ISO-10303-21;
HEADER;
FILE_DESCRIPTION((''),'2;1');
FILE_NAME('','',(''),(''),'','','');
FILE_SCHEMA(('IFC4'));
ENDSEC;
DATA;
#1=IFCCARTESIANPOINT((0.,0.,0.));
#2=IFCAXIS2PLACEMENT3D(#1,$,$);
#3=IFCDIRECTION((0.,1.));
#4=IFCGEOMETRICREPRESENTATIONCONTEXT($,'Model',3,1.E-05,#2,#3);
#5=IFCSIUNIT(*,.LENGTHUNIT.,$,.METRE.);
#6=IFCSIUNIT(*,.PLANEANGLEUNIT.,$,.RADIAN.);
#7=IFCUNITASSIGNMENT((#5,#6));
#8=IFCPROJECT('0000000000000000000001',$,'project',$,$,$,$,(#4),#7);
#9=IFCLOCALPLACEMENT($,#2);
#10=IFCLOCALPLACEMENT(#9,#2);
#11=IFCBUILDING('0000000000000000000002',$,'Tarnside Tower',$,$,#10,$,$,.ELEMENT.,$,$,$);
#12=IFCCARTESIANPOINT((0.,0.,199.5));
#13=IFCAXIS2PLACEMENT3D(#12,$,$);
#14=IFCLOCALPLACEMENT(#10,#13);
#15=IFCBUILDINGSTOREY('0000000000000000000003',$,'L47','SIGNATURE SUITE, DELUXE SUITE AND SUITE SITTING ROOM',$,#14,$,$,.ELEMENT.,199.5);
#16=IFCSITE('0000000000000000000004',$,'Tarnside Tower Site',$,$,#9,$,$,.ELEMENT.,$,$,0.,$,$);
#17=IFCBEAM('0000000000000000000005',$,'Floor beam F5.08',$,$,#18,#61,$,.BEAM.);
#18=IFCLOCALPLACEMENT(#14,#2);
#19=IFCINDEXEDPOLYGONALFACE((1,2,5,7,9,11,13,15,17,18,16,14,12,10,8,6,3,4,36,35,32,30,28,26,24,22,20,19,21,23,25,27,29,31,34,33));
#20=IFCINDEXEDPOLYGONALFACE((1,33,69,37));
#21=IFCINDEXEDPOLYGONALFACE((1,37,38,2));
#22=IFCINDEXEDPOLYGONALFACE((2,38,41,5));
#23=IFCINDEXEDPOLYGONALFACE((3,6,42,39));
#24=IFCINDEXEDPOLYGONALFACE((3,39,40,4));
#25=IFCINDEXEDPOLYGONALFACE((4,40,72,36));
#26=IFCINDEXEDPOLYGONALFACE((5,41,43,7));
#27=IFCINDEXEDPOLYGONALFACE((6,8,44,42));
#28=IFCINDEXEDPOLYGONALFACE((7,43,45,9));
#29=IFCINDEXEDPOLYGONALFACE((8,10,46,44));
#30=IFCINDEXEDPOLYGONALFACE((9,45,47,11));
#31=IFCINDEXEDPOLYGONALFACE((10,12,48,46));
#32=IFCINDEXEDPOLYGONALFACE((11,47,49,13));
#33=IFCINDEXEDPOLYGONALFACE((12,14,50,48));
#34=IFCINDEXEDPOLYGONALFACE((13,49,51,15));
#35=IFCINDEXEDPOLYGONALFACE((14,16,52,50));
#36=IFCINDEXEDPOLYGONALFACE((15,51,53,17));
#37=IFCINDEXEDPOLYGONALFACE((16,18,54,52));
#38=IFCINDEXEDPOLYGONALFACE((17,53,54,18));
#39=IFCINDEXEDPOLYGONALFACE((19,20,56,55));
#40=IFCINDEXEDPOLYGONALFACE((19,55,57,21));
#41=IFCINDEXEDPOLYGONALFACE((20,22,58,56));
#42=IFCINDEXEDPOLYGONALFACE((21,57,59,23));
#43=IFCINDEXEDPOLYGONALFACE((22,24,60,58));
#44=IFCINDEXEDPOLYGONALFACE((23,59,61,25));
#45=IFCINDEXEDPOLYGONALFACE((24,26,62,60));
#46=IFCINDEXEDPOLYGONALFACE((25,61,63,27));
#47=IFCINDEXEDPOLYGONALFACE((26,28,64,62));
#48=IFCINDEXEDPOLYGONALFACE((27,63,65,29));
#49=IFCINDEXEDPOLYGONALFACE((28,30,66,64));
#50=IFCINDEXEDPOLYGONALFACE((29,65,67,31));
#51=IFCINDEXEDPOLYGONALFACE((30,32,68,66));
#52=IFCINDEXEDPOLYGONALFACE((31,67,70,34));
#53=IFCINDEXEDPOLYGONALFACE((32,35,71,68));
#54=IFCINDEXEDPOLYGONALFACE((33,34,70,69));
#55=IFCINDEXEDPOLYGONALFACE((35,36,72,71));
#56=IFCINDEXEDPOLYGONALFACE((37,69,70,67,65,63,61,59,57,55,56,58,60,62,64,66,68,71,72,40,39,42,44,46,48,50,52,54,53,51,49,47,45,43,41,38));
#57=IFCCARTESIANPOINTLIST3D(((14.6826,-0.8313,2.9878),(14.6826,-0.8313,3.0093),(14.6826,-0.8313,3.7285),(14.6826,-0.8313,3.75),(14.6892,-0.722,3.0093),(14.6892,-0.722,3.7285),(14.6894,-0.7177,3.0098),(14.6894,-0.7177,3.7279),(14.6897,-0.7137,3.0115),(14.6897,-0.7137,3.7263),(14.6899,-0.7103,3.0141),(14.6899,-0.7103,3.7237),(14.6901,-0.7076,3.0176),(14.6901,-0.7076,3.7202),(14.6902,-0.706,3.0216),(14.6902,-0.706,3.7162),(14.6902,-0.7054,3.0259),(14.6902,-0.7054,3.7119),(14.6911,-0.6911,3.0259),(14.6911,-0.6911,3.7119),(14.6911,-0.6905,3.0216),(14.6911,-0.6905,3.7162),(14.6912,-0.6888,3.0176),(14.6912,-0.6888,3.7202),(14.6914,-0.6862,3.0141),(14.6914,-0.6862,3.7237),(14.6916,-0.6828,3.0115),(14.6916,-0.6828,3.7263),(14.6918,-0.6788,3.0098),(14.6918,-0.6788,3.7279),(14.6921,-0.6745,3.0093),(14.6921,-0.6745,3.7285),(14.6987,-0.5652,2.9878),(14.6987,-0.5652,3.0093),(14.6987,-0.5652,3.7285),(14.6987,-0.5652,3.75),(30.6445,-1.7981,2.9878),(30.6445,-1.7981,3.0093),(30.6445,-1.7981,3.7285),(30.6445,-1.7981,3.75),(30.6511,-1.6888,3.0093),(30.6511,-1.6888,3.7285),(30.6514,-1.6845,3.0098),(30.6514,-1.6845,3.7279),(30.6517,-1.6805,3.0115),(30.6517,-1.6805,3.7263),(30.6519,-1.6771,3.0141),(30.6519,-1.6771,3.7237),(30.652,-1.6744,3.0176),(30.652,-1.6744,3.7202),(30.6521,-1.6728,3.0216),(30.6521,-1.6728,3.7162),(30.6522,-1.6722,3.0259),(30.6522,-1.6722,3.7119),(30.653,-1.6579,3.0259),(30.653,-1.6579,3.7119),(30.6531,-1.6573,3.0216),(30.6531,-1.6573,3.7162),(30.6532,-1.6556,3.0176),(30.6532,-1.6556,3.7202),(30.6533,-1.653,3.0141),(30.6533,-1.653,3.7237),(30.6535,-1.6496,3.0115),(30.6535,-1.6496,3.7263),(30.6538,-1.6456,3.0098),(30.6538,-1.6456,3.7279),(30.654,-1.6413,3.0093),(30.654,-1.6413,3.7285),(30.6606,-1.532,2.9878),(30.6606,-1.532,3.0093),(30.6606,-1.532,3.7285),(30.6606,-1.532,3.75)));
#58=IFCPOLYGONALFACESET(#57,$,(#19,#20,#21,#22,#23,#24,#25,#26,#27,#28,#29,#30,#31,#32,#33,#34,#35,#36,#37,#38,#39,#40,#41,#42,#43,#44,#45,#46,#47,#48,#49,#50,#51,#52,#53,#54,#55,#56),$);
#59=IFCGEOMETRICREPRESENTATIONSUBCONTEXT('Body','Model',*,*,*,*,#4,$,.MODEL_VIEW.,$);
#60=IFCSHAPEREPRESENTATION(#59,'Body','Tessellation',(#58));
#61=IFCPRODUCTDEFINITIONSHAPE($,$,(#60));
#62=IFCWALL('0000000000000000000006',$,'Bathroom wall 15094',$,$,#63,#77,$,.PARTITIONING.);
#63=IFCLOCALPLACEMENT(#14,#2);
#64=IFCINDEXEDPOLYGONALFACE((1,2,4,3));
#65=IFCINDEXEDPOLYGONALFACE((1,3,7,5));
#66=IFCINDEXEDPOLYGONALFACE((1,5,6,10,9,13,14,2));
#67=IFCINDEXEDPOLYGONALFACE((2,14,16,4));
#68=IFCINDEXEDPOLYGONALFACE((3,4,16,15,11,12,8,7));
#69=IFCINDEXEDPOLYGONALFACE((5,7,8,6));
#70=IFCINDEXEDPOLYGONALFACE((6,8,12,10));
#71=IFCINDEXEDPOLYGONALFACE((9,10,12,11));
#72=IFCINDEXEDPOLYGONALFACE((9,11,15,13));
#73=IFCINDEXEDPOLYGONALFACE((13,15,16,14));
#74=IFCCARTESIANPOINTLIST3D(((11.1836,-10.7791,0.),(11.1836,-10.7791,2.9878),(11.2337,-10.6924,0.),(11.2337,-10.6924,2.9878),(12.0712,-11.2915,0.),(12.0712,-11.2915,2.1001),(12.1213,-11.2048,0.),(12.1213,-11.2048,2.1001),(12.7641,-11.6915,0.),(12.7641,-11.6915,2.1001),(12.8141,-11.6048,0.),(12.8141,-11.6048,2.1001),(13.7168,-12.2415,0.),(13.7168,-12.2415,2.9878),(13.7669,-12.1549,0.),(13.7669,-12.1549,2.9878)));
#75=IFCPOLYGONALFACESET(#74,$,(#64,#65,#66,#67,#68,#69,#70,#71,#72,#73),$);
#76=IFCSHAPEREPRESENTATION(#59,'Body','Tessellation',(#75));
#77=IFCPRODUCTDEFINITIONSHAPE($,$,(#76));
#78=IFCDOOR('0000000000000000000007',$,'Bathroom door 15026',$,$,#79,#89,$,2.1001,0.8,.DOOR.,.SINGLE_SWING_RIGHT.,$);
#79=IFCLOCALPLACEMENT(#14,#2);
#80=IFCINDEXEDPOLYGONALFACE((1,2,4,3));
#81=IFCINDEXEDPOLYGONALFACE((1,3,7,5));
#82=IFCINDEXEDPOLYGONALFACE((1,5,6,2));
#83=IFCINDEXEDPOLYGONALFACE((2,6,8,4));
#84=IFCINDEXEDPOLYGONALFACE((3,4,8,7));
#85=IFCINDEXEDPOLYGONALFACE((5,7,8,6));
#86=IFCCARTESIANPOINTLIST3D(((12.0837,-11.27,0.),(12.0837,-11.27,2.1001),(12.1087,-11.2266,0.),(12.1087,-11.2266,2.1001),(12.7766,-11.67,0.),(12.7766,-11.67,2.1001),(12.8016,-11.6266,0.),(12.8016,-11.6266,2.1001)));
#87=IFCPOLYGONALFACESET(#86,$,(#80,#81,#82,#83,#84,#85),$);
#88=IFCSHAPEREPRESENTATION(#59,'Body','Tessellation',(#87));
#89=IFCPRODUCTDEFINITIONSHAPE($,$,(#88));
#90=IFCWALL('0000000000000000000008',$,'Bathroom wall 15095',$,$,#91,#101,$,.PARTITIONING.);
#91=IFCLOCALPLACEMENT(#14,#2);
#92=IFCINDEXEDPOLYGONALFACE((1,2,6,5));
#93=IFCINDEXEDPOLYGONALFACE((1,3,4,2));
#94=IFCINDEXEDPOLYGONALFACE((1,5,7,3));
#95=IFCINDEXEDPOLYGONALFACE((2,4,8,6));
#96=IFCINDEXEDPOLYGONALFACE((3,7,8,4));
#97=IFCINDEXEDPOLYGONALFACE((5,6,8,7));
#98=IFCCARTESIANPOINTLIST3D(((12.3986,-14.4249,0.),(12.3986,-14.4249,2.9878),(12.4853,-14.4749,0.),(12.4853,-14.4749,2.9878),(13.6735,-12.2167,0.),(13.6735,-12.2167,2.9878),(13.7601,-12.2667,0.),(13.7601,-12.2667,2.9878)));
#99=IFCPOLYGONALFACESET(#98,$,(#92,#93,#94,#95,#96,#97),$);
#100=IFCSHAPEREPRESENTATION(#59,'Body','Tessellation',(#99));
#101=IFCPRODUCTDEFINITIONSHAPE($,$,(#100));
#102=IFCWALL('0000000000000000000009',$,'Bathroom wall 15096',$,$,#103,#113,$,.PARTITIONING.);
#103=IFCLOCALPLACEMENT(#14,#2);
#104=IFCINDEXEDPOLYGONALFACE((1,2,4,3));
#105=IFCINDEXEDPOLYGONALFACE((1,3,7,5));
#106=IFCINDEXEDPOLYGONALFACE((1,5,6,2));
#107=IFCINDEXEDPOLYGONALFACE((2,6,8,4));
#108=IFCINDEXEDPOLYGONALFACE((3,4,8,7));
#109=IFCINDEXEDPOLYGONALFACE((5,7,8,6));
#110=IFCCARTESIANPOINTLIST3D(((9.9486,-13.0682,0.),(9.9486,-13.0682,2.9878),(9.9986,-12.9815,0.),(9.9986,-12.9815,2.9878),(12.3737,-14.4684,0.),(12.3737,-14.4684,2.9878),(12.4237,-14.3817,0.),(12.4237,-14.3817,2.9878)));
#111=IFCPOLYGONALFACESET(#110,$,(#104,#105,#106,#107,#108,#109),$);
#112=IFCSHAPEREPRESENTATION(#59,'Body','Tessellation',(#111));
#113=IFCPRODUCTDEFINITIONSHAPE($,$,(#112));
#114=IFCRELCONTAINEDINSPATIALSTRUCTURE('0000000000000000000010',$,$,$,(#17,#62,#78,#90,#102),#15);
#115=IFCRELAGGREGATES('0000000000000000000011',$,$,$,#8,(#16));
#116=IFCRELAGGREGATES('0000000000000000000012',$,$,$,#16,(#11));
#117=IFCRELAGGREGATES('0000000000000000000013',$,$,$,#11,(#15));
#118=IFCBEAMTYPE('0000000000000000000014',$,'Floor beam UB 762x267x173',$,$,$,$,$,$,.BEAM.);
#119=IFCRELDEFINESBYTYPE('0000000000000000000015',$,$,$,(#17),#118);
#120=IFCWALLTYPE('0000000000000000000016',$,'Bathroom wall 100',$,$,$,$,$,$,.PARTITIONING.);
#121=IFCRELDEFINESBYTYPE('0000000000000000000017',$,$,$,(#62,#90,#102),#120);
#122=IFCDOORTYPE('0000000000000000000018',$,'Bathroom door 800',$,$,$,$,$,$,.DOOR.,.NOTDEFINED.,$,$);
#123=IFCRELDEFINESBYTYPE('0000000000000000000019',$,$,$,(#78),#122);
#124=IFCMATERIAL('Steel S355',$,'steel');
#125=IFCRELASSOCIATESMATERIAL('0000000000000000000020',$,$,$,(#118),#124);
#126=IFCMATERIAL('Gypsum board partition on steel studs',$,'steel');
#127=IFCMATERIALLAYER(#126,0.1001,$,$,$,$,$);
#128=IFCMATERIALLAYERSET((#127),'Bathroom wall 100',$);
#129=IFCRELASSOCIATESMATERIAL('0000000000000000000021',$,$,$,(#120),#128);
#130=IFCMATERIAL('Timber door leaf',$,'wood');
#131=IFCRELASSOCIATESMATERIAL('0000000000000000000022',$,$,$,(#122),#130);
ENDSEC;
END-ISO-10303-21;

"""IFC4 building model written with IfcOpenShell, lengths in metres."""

from ifc_helpers import new_model, si_unit, direction, frame, frame_2d, origin, origin_2d, place, context, subcontext, project, spatial, rectangle, i_section, extrude, material, layer, layer_set, material_profile, profile_set, type_object, element, fill, save


model = new_model("IFC4")

# Units and contexts
model_context = context("Model", 3, precision=1e-05, world=origin(), true_north=direction((0.0, 1.0)))
body_context = subcontext(model_context, "Body", "Model", "MODEL_VIEW")
ifc_project = project(units=[si_unit("LENGTHUNIT", "METRE"), si_unit("PLANEANGLEUNIT", "RADIAN")], contexts=[model_context])

# Site, building, storey
site_placement = place(None, origin())
site = spatial("IfcSite", under=ifc_project, at=site_placement, Name="Tarnside Tower Site", CompositionType="ELEMENT", RefElevation=0.0)
building_placement = place(site_placement, origin())
building = spatial("IfcBuilding", under=site, at=building_placement, Name="Tarnside Tower", CompositionType="ELEMENT")
storey_placement = place(building_placement, frame((0.0, 0.0, 199.5)))
storey = spatial("IfcBuildingStorey", under=building, at=storey_placement, Name="L47", Description="SIGNATURE SUITE, DELUXE SUITE AND SUITE SITTING ROOM", CompositionType="ELEMENT", Elevation=199.5)

# Beam
ifc_material_1 = material(Name="Steel S355", Category="steel")
ifc_material_profile_1 = material_profile(ifc_material_1, i_section(OverallWidth=0.2666, OverallDepth=0.7622, WebThickness=0.0144, FlangeThickness=0.0215, FilletRadius=0.0166, at=origin_2d()), Name="UB 762x267x173")
ifc_profile_set_1 = profile_set([ifc_material_profile_1], Name="Steel S355")
beam_type_1 = type_object("IfcBeamType", Name="Floor beam UB 762x267x173", PredefinedType="BEAM", material=ifc_profile_set_1)
beam_1_placement = place(storey_placement, frame((30.6526, -1.665, 3.3689), z_axis=(-0.998171, 0.060458, 0.0), x_axis=(-0.060458, -0.998171, 0.0)))
element("IfcBeam", 1, at=beam_1_placement, inside=storey, type_object=beam_type_1, Name="Floor beam F5.08", PredefinedType="BEAM", context=body_context, shape_type="SweptSolid", body=[
    extrude(i_section(OverallWidth=0.2666, OverallDepth=0.7622, WebThickness=0.0144, FlangeThickness=0.0215, FilletRadius=0.0166, at=origin_2d()), origin(), (0.0, 0.0, 1.0), 15.9912),
])

# Wall, opening, door
ifc_material_2 = material(Name="Gypsum board partition on steel studs", Category="steel")
ifc_layer_1 = layer(ifc_material_2, 0.1001)
ifc_layer_set_1 = layer_set([ifc_layer_1], Name="Bathroom wall 100")
wall_type_1 = type_object("IfcWallType", Name="Bathroom wall 100", PredefinedType="PARTITIONING", material=ifc_layer_set_1)
wall_1_placement = place(storey_placement, frame((11.2087, -10.7358, 0.0), z_axis=(0.0, 0.0, 1.0), x_axis=(0.866047, -0.499963, 0.0)))
wall_1 = element("IfcWall", 2, at=wall_1_placement, inside=storey, type_object=wall_type_1, Name="Bathroom wall 15094", PredefinedType="PARTITIONING", context=body_context, shape_type="SweptSolid", body=[
    extrude(rectangle(XDim=2.925, YDim=0.1001, at=frame_2d((1.4624, 0.0))), origin(), (0.0, 0.0, 1.0), 2.9878),
])
opening_1_placement = place(wall_1_placement, frame((1.0249, 0.0, 0.0)))
opening_1 = element("IfcOpeningElement", 3, at=opening_1_placement, cuts=wall_1, PredefinedType="OPENING", context=body_context, shape_type="SweptSolid", body=[
    extrude(rectangle(XDim=0.8, YDim=2.1001, at=frame_2d((0.3999, 1.05))), frame((0.0, 0.0601, 0.0), z_axis=(0.0, -1.0, 0.0), x_axis=(1.0, 0.0, 0.0)), (0.0, 0.0, 1.0), 0.1201),
])
ifc_material_3 = material(Name="Timber door leaf", Category="wood")
door_type_1 = type_object("IfcDoorType", Name="Bathroom door 800", OperationType="NOTDEFINED", PredefinedType="DOOR", material=ifc_material_3)
door_1_placement = place(opening_1_placement, origin())
door_1 = element("IfcDoor", 4, at=door_1_placement, inside=storey, type_object=door_type_1, Name="Bathroom door 15026", OperationType="SINGLE_SWING_RIGHT", OverallHeight=2.1001, OverallWidth=0.8, PredefinedType="DOOR", context=body_context, shape_type="SweptSolid", body=[
    extrude(rectangle(XDim=0.8, YDim=2.1001, at=frame_2d((0.3999, 1.05))), frame((0.0, 0.0249, 0.0), z_axis=(0.0, -1.0, 0.0), x_axis=(1.0, 0.0, 0.0)), (0.0, 0.0, 1.0), 0.05),
])
fill(opening_1, door_1)

# Walls
wall_2_placement = place(storey_placement, frame((13.7168, -12.2417, 0.0), z_axis=(0.0, 0.0, 1.0), x_axis=(-0.49999, -0.866031, 0.0)))
element("IfcWall", 5, at=wall_2_placement, inside=storey, type_object=wall_type_1, Name="Bathroom wall 15095", PredefinedType="PARTITIONING", context=body_context, shape_type="SweptSolid", body=[
    extrude(rectangle(XDim=2.5498, YDim=0.1001, at=frame_2d((1.2749, 0.0))), origin(), (0.0, 0.0, 1.0), 2.9878),
])
wall_3_placement = place(storey_placement, frame((12.3987, -14.425, 0.0), z_axis=(0.0, 0.0, 1.0), x_axis=(-0.866019, 0.500012, 0.0)))
element("IfcWall", 6, at=wall_3_placement, inside=storey, type_object=wall_type_1, Name="Bathroom wall 15096", PredefinedType="PARTITIONING", context=body_context, shape_type="SweptSolid", body=[
    extrude(rectangle(XDim=2.8003, YDim=0.1001, at=frame_2d((1.4001, 0.0))), origin(), (0.0, 0.0, 1.0), 2.9878),
])

save(model, "model.ifc")
